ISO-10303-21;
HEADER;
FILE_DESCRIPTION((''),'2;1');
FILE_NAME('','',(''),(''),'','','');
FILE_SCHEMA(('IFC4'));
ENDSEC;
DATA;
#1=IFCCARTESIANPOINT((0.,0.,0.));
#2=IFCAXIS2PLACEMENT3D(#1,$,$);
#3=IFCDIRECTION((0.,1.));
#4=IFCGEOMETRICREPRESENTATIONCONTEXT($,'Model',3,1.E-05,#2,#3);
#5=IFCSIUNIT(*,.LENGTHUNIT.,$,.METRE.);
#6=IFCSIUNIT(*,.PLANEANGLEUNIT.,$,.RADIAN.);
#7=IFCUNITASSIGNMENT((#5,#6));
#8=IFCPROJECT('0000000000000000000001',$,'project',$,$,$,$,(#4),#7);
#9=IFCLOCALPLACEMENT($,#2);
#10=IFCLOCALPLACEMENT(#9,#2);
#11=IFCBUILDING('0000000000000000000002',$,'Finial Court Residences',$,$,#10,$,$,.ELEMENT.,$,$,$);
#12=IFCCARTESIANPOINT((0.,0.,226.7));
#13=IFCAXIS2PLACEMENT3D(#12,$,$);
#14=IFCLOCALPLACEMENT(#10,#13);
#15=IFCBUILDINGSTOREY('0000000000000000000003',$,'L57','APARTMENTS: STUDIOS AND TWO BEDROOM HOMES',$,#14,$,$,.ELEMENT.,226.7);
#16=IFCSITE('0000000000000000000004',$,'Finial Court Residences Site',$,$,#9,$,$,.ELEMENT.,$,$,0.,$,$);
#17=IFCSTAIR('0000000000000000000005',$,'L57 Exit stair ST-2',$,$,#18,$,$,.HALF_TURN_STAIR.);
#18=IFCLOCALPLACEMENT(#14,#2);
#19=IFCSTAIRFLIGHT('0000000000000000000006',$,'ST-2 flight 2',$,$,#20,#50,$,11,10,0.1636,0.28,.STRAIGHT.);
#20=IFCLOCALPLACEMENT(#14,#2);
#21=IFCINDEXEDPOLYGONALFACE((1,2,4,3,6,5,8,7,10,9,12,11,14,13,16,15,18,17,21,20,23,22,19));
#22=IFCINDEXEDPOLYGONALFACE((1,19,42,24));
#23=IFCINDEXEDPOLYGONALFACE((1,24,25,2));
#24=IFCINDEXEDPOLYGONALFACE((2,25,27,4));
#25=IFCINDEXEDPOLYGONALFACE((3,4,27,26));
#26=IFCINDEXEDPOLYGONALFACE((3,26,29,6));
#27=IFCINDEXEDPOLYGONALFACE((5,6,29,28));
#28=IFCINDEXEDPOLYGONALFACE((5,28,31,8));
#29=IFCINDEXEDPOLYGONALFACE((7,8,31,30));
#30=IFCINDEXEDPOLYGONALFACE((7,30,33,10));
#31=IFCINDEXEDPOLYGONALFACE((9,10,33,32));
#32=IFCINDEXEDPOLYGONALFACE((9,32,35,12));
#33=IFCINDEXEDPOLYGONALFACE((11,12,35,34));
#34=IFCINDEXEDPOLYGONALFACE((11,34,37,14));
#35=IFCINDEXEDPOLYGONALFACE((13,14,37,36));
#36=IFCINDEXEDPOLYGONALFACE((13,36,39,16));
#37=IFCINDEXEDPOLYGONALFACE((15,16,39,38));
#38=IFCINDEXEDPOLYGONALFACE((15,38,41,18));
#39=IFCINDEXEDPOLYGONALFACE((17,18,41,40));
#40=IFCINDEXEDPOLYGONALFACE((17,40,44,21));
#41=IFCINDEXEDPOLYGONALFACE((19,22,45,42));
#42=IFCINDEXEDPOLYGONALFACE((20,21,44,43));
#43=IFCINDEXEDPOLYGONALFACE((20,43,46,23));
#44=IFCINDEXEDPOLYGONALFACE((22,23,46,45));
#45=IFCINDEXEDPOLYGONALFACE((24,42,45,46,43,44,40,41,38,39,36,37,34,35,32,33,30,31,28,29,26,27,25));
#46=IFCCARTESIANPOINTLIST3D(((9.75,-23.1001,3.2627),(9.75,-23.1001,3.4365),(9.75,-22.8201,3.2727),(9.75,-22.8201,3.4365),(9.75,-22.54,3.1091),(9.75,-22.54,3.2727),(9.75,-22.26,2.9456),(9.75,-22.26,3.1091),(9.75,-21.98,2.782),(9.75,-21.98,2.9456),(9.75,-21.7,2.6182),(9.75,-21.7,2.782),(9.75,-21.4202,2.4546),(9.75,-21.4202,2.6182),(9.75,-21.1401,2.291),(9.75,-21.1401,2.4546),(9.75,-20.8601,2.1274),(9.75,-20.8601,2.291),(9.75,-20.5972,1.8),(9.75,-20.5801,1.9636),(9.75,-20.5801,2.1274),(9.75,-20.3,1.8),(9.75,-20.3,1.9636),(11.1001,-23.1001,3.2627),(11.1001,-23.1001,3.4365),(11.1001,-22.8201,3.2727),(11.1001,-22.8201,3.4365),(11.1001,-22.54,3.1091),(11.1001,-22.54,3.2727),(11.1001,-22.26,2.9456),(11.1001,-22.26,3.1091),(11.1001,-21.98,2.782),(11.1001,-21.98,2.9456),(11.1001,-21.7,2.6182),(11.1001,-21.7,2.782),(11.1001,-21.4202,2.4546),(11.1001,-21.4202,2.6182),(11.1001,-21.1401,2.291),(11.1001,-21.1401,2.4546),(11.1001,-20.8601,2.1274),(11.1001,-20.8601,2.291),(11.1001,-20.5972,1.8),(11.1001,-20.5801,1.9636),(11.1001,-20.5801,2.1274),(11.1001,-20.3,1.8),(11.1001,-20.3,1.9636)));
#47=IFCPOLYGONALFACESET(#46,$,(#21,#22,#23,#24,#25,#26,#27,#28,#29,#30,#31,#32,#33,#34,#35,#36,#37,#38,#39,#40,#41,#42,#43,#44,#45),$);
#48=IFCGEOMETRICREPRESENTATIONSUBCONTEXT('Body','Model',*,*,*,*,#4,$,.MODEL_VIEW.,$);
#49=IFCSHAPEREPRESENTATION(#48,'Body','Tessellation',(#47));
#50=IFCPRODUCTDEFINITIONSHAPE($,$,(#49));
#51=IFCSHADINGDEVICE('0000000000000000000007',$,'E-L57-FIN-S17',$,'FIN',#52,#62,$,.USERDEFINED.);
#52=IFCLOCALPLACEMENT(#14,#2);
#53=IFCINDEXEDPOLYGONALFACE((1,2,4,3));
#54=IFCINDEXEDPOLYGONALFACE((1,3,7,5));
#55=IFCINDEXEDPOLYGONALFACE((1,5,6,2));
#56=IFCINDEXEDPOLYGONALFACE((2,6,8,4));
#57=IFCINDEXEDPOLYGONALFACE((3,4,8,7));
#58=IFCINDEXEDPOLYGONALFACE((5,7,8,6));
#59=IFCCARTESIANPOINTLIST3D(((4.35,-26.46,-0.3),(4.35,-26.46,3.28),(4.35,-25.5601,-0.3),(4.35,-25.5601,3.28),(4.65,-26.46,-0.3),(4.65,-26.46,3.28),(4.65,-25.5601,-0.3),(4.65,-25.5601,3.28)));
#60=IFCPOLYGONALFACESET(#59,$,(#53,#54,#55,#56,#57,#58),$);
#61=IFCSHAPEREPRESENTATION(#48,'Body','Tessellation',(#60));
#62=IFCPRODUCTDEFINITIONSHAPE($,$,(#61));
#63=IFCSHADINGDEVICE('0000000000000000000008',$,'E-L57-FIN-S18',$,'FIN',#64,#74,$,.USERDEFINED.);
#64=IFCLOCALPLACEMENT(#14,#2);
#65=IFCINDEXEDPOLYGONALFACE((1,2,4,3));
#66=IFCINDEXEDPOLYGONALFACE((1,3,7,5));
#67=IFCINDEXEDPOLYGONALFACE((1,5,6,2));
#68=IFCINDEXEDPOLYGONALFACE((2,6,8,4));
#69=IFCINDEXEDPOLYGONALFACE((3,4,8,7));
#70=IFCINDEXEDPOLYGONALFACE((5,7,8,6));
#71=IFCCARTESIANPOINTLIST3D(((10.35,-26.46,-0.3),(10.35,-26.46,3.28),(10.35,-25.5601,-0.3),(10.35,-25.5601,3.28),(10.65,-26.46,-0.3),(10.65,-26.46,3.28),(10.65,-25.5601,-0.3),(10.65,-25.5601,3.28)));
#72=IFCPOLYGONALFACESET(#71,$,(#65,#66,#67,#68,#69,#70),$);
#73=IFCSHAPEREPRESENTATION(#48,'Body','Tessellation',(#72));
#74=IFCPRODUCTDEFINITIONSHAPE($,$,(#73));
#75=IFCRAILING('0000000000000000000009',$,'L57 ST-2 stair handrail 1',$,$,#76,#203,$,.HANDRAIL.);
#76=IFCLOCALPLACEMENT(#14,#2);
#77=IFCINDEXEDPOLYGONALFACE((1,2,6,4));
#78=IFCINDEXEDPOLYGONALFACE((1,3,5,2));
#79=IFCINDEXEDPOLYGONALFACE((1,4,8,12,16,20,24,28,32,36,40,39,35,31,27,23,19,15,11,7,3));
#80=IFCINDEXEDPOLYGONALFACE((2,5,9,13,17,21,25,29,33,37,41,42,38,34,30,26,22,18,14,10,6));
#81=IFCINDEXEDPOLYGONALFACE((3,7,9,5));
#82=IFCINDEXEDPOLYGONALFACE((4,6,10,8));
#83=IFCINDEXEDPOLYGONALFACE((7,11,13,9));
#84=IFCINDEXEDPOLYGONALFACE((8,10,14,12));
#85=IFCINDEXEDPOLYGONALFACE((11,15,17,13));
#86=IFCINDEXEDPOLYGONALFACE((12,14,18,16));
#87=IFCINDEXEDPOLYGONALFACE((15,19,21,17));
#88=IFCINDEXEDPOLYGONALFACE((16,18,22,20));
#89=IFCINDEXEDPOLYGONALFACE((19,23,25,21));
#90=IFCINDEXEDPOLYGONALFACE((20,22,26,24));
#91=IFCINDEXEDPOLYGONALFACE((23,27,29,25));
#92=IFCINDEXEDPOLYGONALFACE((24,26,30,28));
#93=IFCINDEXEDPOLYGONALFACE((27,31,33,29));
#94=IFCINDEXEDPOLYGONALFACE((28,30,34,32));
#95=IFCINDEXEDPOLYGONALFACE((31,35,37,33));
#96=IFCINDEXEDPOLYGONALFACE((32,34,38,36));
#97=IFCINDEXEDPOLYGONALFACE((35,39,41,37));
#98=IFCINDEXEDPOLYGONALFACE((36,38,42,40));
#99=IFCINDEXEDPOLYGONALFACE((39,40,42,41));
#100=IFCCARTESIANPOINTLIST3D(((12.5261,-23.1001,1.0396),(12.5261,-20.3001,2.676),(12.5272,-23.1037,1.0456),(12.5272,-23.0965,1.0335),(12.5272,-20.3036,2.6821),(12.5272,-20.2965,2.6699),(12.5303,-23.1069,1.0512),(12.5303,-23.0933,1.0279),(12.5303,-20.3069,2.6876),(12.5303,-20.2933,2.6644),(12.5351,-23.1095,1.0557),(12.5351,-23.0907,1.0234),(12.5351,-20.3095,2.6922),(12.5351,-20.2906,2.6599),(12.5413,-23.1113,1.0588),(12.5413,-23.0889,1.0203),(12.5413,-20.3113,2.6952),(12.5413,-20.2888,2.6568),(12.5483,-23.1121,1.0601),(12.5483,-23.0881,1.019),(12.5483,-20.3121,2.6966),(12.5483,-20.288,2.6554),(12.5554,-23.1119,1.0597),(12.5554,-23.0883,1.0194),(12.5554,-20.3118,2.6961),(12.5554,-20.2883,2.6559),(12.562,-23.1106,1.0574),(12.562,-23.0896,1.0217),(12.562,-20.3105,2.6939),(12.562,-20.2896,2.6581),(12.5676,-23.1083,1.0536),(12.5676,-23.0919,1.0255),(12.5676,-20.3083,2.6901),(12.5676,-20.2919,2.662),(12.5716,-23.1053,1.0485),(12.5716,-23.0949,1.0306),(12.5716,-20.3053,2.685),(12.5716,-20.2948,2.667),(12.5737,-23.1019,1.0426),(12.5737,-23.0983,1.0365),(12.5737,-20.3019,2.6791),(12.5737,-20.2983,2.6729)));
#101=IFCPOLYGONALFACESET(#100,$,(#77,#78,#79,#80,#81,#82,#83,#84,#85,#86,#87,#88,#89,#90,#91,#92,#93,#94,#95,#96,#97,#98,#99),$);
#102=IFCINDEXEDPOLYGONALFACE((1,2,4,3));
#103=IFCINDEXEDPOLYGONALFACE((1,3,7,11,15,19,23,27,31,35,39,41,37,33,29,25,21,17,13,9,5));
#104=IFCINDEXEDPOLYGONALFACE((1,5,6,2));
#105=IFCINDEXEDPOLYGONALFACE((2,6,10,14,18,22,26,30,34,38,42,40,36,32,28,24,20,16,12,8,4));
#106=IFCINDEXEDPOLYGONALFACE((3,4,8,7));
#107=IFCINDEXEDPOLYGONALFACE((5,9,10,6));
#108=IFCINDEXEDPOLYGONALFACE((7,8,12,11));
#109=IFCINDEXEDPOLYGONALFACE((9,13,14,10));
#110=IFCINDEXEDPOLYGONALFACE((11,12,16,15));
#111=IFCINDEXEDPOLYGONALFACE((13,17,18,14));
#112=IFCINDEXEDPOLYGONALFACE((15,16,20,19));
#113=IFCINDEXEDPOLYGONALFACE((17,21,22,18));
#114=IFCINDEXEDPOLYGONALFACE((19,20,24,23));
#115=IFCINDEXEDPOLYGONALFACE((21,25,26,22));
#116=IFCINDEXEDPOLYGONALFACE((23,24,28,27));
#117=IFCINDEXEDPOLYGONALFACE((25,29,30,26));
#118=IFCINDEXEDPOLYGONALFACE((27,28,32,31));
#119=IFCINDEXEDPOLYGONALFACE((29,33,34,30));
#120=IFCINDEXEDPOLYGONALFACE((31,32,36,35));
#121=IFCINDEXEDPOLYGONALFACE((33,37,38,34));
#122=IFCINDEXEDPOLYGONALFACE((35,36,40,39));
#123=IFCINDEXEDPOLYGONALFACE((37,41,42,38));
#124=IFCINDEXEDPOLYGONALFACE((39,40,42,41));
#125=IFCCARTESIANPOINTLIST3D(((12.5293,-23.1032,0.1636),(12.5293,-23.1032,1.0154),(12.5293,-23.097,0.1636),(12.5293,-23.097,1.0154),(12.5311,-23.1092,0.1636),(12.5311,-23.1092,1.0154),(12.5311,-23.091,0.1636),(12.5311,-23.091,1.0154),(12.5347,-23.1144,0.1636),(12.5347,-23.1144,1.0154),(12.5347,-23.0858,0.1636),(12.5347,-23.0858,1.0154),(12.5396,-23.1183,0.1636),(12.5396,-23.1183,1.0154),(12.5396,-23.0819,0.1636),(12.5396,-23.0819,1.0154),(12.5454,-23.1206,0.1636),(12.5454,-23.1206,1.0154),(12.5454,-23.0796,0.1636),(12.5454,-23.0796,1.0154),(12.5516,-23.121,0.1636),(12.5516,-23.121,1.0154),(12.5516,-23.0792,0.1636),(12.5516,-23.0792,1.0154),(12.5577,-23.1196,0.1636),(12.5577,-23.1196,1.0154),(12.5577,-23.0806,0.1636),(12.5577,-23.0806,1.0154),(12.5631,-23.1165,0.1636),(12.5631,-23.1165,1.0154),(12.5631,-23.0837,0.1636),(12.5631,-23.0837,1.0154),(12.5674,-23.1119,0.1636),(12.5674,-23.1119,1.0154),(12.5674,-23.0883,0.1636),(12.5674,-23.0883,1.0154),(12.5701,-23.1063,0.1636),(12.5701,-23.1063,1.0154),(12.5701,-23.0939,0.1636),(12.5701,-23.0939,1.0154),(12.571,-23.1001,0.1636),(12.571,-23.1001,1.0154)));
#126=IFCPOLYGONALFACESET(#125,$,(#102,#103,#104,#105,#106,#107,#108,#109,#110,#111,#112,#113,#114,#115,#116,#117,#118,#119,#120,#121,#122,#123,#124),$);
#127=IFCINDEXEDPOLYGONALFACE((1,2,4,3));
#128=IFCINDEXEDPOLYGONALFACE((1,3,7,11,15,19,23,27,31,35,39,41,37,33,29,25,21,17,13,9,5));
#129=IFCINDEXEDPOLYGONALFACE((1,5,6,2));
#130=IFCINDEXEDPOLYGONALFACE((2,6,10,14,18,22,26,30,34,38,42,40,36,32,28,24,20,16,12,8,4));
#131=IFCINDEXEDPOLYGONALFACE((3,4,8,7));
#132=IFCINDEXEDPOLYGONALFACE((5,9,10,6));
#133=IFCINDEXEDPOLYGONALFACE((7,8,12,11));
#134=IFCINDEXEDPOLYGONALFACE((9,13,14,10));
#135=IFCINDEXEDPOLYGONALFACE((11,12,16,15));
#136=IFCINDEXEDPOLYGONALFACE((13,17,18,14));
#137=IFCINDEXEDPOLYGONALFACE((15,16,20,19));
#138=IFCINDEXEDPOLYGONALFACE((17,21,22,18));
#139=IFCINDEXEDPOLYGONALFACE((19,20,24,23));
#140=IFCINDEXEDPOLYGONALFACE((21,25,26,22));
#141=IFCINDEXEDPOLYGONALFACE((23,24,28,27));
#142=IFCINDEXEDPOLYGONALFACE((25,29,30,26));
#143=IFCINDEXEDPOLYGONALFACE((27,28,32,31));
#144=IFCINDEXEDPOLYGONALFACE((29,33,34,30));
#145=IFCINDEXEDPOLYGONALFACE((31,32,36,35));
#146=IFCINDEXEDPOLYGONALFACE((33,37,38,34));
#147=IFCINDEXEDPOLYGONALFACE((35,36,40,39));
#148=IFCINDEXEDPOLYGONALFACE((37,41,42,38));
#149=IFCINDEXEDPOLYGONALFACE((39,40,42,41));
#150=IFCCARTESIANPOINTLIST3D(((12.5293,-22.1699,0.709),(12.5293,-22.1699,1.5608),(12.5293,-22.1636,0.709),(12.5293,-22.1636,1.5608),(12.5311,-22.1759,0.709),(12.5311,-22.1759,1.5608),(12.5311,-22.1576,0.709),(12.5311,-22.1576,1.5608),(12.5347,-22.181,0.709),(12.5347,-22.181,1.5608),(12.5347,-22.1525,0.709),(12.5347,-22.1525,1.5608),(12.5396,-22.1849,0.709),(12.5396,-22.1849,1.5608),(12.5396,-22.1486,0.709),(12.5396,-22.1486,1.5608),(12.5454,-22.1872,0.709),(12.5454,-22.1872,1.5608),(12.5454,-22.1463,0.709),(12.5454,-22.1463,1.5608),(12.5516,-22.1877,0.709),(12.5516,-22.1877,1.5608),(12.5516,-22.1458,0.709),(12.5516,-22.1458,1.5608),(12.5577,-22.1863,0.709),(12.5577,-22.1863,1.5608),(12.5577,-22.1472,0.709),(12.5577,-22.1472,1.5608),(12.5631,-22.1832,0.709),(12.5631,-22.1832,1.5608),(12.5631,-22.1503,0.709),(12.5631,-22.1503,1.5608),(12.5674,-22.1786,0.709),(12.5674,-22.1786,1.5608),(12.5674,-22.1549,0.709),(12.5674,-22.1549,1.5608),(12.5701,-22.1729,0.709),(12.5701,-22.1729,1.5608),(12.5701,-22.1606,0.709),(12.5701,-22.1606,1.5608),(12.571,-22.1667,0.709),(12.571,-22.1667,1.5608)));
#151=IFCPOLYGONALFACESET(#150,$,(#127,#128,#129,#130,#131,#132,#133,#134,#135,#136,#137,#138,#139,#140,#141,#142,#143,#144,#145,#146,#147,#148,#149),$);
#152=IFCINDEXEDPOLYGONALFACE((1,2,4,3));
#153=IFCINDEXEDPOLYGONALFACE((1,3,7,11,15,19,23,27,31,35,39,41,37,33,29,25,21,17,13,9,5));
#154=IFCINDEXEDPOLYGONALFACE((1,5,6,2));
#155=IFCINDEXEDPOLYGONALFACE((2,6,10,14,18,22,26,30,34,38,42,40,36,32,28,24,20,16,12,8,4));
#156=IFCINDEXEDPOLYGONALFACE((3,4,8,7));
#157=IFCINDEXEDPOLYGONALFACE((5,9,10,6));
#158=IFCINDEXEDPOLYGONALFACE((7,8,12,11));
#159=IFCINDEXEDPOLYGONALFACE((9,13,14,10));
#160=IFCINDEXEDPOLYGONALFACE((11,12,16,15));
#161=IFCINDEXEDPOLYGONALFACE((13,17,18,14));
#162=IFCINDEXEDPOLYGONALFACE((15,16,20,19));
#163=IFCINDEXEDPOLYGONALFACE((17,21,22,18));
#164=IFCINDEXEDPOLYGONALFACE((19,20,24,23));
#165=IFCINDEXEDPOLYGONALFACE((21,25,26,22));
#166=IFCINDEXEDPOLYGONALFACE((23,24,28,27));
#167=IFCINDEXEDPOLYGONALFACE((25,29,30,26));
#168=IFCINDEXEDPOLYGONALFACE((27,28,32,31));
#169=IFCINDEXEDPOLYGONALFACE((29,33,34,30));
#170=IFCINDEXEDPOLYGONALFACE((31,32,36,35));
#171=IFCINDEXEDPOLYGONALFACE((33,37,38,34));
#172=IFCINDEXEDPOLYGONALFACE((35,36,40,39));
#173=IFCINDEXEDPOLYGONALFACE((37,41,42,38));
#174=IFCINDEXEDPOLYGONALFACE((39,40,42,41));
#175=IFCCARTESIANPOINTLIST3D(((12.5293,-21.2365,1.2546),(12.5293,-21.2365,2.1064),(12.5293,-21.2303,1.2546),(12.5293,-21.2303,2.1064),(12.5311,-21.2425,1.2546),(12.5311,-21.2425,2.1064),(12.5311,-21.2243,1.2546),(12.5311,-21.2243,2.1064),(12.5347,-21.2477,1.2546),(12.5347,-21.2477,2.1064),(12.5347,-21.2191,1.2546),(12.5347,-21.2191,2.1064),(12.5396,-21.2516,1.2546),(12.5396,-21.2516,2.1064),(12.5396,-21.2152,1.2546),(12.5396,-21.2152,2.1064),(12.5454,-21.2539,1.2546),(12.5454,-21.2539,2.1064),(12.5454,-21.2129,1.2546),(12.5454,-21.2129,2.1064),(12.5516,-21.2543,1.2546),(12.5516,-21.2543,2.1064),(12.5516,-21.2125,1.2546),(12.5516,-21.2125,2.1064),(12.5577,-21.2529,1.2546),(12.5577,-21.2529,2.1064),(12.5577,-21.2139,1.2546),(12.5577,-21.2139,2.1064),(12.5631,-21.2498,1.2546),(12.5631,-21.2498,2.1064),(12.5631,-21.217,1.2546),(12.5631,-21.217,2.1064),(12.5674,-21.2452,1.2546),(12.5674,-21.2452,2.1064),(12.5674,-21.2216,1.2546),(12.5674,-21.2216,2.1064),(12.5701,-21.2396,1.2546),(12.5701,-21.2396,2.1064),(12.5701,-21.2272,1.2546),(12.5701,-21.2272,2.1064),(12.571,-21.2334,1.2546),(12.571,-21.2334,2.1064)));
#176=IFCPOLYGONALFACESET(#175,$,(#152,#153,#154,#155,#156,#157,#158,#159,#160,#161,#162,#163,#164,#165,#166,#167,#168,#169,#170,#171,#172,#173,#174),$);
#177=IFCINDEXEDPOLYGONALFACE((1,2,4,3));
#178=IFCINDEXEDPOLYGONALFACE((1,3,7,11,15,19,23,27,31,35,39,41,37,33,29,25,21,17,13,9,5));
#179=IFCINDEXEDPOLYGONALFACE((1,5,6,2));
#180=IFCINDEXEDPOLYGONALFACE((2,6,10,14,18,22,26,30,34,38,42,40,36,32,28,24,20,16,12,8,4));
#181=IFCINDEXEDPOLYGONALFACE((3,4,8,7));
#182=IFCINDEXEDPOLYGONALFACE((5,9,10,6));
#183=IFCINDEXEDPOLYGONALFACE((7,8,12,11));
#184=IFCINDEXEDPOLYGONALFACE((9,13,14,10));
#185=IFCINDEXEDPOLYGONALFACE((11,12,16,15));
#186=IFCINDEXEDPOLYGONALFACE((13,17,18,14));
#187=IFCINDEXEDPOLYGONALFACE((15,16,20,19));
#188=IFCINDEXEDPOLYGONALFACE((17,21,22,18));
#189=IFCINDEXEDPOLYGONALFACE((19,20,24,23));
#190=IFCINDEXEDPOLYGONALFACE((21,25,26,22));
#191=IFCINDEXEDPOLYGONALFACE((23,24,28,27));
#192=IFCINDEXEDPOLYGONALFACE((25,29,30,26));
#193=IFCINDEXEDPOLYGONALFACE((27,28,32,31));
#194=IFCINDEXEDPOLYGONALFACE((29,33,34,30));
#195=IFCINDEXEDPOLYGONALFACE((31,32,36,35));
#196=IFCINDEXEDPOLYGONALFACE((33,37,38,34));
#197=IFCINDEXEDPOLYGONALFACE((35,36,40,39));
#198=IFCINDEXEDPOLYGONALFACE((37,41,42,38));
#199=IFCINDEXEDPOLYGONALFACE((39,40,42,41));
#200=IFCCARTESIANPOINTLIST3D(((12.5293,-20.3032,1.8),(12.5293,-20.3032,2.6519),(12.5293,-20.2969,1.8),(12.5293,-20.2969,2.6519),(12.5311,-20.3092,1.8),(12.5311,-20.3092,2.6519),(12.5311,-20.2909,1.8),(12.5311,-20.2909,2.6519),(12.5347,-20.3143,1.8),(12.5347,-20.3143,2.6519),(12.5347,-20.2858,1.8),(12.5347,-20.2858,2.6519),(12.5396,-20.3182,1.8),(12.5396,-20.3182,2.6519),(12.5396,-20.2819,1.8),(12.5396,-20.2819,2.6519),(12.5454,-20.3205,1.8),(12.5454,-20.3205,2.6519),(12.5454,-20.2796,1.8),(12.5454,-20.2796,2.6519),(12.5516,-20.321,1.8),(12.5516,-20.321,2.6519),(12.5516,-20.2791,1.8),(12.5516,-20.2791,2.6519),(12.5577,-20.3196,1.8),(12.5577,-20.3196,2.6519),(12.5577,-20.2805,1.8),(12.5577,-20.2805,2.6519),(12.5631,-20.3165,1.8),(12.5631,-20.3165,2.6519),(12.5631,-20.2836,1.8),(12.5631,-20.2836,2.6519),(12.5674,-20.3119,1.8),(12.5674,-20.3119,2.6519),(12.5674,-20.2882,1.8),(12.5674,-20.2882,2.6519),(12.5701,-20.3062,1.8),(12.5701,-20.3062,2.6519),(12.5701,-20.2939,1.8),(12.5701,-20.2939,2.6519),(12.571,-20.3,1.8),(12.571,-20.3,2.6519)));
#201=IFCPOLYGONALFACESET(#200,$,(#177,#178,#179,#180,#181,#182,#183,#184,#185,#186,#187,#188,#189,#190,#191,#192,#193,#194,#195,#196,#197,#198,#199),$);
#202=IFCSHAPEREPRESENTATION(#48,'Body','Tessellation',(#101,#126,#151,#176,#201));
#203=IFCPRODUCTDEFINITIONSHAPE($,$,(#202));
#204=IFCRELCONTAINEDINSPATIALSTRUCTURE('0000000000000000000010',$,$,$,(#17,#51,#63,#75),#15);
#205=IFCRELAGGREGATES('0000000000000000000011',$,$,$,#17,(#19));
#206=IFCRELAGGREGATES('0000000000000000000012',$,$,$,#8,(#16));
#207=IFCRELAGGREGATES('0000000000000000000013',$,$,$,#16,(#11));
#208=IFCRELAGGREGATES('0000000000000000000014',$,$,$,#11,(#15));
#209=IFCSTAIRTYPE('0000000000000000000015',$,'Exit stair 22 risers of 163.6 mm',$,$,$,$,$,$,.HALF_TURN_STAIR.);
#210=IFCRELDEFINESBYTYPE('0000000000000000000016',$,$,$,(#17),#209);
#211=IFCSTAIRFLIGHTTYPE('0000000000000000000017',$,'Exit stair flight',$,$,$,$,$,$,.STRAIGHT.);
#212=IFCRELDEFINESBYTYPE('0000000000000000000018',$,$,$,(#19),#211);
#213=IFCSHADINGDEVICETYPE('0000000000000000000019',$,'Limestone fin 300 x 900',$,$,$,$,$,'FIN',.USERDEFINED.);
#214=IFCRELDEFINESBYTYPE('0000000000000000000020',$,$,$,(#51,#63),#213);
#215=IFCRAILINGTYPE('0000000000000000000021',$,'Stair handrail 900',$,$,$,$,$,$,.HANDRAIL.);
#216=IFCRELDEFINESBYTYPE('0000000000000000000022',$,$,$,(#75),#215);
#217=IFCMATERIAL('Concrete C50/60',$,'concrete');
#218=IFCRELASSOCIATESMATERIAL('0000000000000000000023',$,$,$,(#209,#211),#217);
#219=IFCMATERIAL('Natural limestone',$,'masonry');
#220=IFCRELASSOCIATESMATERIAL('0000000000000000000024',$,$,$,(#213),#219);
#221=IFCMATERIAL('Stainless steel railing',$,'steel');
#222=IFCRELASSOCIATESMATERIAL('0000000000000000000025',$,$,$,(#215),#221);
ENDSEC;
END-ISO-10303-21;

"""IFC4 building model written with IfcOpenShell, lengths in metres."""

from ifc_helpers import new_model, si_unit, direction, frame, origin, origin_2d, place, context, subcontext, project, spatial, polyline, rectangle, circle, outline, extrude, material, type_object, element, aggregate, save


model = new_model("IFC4")

# Units and contexts
model_context = context("Model", 3, precision=1e-05, world=origin(), true_north=direction((0.0, 1.0)))
body_context = subcontext(model_context, "Body", "Model", "MODEL_VIEW")
ifc_project = project(units=[si_unit("LENGTHUNIT", "METRE"), si_unit("PLANEANGLEUNIT", "RADIAN")], contexts=[model_context])

# Site, building, storey
site_placement = place(None, origin())
site = spatial("IfcSite", under=ifc_project, at=site_placement, Name="Finial Court Residences Site", CompositionType="ELEMENT", RefElevation=0.0)
building_placement = place(site_placement, origin())
building = spatial("IfcBuilding", under=site, at=building_placement, Name="Finial Court Residences", CompositionType="ELEMENT")
storey_placement = place(building_placement, frame((0.0, 0.0, 226.7)))
storey = spatial("IfcBuildingStorey", under=building, at=storey_placement, Name="L57", Description="APARTMENTS: STUDIOS AND TWO BEDROOM HOMES", CompositionType="ELEMENT", Elevation=226.7)

# Stair, stair flight
ifc_material_1 = material(Name="Concrete C50/60", Category="concrete")
stair_type = type_object("IfcStairType", Name="Exit stair 22 risers of 163.6 mm", PredefinedType="HALF_TURN_STAIR", material=ifc_material_1)
stair_placement = place(storey_placement, origin())
stair = element("IfcStair", 1, at=stair_placement, inside=storey, type_object=stair_type, Name="L57 Exit stair ST-2", PredefinedType="HALF_TURN_STAIR")
stair_flight_type = type_object("IfcStairFlightType", Name="Exit stair flight", PredefinedType="STRAIGHT", material=ifc_material_1)
stair_flight_1_placement = place(storey_placement, frame((10.425, -20.3, 1.8), z_axis=(0.0, 0.0, 1.0), x_axis=(0.0, -1.0, 0.0)))
stair_flight_1 = element("IfcStairFlight", 2, at=stair_flight_1_placement, type_object=stair_flight_type, Name="ST-2 flight 2", NumberOfRisers=11, NumberOfTreads=10, PredefinedType="STRAIGHT", RiserHeight=0.1636, TreadLength=0.28, context=body_context, shape_type="SweptSolid", body=[
    extrude(outline(polyline([(0.0, 0.0), (0.0, 0.1636), (0.28, 0.1636), (0.28, 0.3274), (0.5601, 0.3274), (0.5601, 0.491), (0.8401, 0.491), (0.8401, 0.6545), (1.1201, 0.6545), (1.1201, 0.8181), (1.3999, 0.8181), (1.3999, 0.9819), (1.6799, 0.9819), (1.6799, 1.1455), (1.96, 1.1455), (1.96, 1.3091), (2.24, 1.3091), (2.24, 1.4727), (2.52, 1.4727), (2.52, 1.6365), (2.8, 1.6365), (2.8, 1.8), (2.8, 1.4626), (0.2971, 0.0), (0.0, 0.0)])), frame((0.0, 0.675, 0.0), z_axis=(0.0, -1.0, 0.0), x_axis=(1.0, 0.0, 0.0)), (0.0, 0.0, 1.0), 1.3501),
])
aggregate(stair, [stair_flight_1])

# Shading devices
ifc_material_2 = material(Name="Natural limestone", Category="masonry")
shading_device_type = type_object("IfcShadingDeviceType", Name="Limestone fin 300 x 900", ElementType="FIN", PredefinedType="USERDEFINED", material=ifc_material_2)
for number, where, z_axis, x_axis, name in (
    (3, (4.5, -26.01, -0.3), (0.0, 0.0, 1.0), (1.0, 0.0, 0.0), "E-L57-FIN-S17"),
    (4, (10.5, -26.01, -0.3), (0.0, 0.0, 1.0), (1.0, 0.0, 0.0), "E-L57-FIN-S18"),
):
    element("IfcShadingDevice", number, at=place(storey_placement, frame(where, z_axis=z_axis, x_axis=x_axis)), inside=storey, type_object=shading_device_type, Name=name, ObjectType="FIN", PredefinedType="USERDEFINED", context=body_context, shape_type="SweptSolid", body=[
        extrude(rectangle(XDim=0.3, YDim=0.8999, at=origin_2d()), origin(), (0.0, 0.0, 1.0), 3.5801),
    ])

# Railing
ifc_material_3 = material(Name="Stainless steel railing", Category="steel")
railing_type_1 = type_object("IfcRailingType", Name="Stair handrail 900", PredefinedType="HANDRAIL", material=ifc_material_3)
railing_1_placement = place(storey_placement, frame((12.55, -23.1001, 0.1636)))
element("IfcRailing", 5, at=railing_1_placement, inside=storey, type_object=railing_type_1, Name="L57 ST-2 stair handrail 1", PredefinedType="HANDRAIL", context=body_context, shape_type="SweptSolid", body=[
    extrude(circle(Radius=0.0239, at=origin_2d()), frame((0.0, 0.0, 0.876), z_axis=(0.0, 0.863361, 0.504587), x_axis=(-1.0, 0.0, 0.0)), (0.0, 0.0, 1.0), 3.2432),
    extrude(circle(Radius=0.021, at=origin_2d()), origin(), (0.0, 0.0, 1.0), 0.8518),
    extrude(circle(Radius=0.021, at=origin_2d()), frame((0.0, 0.9333, 0.5454)), (0.0, 0.0, 1.0), 0.8518),
    extrude(circle(Radius=0.021, at=origin_2d()), frame((0.0, 1.8667, 1.0911)), (0.0, 0.0, 1.0), 0.8518),
    extrude(circle(Radius=0.021, at=origin_2d()), frame((0.0, 2.8, 1.6365)), (0.0, 0.0, 1.0), 0.8518),
])

save(model, "model.ifc")
